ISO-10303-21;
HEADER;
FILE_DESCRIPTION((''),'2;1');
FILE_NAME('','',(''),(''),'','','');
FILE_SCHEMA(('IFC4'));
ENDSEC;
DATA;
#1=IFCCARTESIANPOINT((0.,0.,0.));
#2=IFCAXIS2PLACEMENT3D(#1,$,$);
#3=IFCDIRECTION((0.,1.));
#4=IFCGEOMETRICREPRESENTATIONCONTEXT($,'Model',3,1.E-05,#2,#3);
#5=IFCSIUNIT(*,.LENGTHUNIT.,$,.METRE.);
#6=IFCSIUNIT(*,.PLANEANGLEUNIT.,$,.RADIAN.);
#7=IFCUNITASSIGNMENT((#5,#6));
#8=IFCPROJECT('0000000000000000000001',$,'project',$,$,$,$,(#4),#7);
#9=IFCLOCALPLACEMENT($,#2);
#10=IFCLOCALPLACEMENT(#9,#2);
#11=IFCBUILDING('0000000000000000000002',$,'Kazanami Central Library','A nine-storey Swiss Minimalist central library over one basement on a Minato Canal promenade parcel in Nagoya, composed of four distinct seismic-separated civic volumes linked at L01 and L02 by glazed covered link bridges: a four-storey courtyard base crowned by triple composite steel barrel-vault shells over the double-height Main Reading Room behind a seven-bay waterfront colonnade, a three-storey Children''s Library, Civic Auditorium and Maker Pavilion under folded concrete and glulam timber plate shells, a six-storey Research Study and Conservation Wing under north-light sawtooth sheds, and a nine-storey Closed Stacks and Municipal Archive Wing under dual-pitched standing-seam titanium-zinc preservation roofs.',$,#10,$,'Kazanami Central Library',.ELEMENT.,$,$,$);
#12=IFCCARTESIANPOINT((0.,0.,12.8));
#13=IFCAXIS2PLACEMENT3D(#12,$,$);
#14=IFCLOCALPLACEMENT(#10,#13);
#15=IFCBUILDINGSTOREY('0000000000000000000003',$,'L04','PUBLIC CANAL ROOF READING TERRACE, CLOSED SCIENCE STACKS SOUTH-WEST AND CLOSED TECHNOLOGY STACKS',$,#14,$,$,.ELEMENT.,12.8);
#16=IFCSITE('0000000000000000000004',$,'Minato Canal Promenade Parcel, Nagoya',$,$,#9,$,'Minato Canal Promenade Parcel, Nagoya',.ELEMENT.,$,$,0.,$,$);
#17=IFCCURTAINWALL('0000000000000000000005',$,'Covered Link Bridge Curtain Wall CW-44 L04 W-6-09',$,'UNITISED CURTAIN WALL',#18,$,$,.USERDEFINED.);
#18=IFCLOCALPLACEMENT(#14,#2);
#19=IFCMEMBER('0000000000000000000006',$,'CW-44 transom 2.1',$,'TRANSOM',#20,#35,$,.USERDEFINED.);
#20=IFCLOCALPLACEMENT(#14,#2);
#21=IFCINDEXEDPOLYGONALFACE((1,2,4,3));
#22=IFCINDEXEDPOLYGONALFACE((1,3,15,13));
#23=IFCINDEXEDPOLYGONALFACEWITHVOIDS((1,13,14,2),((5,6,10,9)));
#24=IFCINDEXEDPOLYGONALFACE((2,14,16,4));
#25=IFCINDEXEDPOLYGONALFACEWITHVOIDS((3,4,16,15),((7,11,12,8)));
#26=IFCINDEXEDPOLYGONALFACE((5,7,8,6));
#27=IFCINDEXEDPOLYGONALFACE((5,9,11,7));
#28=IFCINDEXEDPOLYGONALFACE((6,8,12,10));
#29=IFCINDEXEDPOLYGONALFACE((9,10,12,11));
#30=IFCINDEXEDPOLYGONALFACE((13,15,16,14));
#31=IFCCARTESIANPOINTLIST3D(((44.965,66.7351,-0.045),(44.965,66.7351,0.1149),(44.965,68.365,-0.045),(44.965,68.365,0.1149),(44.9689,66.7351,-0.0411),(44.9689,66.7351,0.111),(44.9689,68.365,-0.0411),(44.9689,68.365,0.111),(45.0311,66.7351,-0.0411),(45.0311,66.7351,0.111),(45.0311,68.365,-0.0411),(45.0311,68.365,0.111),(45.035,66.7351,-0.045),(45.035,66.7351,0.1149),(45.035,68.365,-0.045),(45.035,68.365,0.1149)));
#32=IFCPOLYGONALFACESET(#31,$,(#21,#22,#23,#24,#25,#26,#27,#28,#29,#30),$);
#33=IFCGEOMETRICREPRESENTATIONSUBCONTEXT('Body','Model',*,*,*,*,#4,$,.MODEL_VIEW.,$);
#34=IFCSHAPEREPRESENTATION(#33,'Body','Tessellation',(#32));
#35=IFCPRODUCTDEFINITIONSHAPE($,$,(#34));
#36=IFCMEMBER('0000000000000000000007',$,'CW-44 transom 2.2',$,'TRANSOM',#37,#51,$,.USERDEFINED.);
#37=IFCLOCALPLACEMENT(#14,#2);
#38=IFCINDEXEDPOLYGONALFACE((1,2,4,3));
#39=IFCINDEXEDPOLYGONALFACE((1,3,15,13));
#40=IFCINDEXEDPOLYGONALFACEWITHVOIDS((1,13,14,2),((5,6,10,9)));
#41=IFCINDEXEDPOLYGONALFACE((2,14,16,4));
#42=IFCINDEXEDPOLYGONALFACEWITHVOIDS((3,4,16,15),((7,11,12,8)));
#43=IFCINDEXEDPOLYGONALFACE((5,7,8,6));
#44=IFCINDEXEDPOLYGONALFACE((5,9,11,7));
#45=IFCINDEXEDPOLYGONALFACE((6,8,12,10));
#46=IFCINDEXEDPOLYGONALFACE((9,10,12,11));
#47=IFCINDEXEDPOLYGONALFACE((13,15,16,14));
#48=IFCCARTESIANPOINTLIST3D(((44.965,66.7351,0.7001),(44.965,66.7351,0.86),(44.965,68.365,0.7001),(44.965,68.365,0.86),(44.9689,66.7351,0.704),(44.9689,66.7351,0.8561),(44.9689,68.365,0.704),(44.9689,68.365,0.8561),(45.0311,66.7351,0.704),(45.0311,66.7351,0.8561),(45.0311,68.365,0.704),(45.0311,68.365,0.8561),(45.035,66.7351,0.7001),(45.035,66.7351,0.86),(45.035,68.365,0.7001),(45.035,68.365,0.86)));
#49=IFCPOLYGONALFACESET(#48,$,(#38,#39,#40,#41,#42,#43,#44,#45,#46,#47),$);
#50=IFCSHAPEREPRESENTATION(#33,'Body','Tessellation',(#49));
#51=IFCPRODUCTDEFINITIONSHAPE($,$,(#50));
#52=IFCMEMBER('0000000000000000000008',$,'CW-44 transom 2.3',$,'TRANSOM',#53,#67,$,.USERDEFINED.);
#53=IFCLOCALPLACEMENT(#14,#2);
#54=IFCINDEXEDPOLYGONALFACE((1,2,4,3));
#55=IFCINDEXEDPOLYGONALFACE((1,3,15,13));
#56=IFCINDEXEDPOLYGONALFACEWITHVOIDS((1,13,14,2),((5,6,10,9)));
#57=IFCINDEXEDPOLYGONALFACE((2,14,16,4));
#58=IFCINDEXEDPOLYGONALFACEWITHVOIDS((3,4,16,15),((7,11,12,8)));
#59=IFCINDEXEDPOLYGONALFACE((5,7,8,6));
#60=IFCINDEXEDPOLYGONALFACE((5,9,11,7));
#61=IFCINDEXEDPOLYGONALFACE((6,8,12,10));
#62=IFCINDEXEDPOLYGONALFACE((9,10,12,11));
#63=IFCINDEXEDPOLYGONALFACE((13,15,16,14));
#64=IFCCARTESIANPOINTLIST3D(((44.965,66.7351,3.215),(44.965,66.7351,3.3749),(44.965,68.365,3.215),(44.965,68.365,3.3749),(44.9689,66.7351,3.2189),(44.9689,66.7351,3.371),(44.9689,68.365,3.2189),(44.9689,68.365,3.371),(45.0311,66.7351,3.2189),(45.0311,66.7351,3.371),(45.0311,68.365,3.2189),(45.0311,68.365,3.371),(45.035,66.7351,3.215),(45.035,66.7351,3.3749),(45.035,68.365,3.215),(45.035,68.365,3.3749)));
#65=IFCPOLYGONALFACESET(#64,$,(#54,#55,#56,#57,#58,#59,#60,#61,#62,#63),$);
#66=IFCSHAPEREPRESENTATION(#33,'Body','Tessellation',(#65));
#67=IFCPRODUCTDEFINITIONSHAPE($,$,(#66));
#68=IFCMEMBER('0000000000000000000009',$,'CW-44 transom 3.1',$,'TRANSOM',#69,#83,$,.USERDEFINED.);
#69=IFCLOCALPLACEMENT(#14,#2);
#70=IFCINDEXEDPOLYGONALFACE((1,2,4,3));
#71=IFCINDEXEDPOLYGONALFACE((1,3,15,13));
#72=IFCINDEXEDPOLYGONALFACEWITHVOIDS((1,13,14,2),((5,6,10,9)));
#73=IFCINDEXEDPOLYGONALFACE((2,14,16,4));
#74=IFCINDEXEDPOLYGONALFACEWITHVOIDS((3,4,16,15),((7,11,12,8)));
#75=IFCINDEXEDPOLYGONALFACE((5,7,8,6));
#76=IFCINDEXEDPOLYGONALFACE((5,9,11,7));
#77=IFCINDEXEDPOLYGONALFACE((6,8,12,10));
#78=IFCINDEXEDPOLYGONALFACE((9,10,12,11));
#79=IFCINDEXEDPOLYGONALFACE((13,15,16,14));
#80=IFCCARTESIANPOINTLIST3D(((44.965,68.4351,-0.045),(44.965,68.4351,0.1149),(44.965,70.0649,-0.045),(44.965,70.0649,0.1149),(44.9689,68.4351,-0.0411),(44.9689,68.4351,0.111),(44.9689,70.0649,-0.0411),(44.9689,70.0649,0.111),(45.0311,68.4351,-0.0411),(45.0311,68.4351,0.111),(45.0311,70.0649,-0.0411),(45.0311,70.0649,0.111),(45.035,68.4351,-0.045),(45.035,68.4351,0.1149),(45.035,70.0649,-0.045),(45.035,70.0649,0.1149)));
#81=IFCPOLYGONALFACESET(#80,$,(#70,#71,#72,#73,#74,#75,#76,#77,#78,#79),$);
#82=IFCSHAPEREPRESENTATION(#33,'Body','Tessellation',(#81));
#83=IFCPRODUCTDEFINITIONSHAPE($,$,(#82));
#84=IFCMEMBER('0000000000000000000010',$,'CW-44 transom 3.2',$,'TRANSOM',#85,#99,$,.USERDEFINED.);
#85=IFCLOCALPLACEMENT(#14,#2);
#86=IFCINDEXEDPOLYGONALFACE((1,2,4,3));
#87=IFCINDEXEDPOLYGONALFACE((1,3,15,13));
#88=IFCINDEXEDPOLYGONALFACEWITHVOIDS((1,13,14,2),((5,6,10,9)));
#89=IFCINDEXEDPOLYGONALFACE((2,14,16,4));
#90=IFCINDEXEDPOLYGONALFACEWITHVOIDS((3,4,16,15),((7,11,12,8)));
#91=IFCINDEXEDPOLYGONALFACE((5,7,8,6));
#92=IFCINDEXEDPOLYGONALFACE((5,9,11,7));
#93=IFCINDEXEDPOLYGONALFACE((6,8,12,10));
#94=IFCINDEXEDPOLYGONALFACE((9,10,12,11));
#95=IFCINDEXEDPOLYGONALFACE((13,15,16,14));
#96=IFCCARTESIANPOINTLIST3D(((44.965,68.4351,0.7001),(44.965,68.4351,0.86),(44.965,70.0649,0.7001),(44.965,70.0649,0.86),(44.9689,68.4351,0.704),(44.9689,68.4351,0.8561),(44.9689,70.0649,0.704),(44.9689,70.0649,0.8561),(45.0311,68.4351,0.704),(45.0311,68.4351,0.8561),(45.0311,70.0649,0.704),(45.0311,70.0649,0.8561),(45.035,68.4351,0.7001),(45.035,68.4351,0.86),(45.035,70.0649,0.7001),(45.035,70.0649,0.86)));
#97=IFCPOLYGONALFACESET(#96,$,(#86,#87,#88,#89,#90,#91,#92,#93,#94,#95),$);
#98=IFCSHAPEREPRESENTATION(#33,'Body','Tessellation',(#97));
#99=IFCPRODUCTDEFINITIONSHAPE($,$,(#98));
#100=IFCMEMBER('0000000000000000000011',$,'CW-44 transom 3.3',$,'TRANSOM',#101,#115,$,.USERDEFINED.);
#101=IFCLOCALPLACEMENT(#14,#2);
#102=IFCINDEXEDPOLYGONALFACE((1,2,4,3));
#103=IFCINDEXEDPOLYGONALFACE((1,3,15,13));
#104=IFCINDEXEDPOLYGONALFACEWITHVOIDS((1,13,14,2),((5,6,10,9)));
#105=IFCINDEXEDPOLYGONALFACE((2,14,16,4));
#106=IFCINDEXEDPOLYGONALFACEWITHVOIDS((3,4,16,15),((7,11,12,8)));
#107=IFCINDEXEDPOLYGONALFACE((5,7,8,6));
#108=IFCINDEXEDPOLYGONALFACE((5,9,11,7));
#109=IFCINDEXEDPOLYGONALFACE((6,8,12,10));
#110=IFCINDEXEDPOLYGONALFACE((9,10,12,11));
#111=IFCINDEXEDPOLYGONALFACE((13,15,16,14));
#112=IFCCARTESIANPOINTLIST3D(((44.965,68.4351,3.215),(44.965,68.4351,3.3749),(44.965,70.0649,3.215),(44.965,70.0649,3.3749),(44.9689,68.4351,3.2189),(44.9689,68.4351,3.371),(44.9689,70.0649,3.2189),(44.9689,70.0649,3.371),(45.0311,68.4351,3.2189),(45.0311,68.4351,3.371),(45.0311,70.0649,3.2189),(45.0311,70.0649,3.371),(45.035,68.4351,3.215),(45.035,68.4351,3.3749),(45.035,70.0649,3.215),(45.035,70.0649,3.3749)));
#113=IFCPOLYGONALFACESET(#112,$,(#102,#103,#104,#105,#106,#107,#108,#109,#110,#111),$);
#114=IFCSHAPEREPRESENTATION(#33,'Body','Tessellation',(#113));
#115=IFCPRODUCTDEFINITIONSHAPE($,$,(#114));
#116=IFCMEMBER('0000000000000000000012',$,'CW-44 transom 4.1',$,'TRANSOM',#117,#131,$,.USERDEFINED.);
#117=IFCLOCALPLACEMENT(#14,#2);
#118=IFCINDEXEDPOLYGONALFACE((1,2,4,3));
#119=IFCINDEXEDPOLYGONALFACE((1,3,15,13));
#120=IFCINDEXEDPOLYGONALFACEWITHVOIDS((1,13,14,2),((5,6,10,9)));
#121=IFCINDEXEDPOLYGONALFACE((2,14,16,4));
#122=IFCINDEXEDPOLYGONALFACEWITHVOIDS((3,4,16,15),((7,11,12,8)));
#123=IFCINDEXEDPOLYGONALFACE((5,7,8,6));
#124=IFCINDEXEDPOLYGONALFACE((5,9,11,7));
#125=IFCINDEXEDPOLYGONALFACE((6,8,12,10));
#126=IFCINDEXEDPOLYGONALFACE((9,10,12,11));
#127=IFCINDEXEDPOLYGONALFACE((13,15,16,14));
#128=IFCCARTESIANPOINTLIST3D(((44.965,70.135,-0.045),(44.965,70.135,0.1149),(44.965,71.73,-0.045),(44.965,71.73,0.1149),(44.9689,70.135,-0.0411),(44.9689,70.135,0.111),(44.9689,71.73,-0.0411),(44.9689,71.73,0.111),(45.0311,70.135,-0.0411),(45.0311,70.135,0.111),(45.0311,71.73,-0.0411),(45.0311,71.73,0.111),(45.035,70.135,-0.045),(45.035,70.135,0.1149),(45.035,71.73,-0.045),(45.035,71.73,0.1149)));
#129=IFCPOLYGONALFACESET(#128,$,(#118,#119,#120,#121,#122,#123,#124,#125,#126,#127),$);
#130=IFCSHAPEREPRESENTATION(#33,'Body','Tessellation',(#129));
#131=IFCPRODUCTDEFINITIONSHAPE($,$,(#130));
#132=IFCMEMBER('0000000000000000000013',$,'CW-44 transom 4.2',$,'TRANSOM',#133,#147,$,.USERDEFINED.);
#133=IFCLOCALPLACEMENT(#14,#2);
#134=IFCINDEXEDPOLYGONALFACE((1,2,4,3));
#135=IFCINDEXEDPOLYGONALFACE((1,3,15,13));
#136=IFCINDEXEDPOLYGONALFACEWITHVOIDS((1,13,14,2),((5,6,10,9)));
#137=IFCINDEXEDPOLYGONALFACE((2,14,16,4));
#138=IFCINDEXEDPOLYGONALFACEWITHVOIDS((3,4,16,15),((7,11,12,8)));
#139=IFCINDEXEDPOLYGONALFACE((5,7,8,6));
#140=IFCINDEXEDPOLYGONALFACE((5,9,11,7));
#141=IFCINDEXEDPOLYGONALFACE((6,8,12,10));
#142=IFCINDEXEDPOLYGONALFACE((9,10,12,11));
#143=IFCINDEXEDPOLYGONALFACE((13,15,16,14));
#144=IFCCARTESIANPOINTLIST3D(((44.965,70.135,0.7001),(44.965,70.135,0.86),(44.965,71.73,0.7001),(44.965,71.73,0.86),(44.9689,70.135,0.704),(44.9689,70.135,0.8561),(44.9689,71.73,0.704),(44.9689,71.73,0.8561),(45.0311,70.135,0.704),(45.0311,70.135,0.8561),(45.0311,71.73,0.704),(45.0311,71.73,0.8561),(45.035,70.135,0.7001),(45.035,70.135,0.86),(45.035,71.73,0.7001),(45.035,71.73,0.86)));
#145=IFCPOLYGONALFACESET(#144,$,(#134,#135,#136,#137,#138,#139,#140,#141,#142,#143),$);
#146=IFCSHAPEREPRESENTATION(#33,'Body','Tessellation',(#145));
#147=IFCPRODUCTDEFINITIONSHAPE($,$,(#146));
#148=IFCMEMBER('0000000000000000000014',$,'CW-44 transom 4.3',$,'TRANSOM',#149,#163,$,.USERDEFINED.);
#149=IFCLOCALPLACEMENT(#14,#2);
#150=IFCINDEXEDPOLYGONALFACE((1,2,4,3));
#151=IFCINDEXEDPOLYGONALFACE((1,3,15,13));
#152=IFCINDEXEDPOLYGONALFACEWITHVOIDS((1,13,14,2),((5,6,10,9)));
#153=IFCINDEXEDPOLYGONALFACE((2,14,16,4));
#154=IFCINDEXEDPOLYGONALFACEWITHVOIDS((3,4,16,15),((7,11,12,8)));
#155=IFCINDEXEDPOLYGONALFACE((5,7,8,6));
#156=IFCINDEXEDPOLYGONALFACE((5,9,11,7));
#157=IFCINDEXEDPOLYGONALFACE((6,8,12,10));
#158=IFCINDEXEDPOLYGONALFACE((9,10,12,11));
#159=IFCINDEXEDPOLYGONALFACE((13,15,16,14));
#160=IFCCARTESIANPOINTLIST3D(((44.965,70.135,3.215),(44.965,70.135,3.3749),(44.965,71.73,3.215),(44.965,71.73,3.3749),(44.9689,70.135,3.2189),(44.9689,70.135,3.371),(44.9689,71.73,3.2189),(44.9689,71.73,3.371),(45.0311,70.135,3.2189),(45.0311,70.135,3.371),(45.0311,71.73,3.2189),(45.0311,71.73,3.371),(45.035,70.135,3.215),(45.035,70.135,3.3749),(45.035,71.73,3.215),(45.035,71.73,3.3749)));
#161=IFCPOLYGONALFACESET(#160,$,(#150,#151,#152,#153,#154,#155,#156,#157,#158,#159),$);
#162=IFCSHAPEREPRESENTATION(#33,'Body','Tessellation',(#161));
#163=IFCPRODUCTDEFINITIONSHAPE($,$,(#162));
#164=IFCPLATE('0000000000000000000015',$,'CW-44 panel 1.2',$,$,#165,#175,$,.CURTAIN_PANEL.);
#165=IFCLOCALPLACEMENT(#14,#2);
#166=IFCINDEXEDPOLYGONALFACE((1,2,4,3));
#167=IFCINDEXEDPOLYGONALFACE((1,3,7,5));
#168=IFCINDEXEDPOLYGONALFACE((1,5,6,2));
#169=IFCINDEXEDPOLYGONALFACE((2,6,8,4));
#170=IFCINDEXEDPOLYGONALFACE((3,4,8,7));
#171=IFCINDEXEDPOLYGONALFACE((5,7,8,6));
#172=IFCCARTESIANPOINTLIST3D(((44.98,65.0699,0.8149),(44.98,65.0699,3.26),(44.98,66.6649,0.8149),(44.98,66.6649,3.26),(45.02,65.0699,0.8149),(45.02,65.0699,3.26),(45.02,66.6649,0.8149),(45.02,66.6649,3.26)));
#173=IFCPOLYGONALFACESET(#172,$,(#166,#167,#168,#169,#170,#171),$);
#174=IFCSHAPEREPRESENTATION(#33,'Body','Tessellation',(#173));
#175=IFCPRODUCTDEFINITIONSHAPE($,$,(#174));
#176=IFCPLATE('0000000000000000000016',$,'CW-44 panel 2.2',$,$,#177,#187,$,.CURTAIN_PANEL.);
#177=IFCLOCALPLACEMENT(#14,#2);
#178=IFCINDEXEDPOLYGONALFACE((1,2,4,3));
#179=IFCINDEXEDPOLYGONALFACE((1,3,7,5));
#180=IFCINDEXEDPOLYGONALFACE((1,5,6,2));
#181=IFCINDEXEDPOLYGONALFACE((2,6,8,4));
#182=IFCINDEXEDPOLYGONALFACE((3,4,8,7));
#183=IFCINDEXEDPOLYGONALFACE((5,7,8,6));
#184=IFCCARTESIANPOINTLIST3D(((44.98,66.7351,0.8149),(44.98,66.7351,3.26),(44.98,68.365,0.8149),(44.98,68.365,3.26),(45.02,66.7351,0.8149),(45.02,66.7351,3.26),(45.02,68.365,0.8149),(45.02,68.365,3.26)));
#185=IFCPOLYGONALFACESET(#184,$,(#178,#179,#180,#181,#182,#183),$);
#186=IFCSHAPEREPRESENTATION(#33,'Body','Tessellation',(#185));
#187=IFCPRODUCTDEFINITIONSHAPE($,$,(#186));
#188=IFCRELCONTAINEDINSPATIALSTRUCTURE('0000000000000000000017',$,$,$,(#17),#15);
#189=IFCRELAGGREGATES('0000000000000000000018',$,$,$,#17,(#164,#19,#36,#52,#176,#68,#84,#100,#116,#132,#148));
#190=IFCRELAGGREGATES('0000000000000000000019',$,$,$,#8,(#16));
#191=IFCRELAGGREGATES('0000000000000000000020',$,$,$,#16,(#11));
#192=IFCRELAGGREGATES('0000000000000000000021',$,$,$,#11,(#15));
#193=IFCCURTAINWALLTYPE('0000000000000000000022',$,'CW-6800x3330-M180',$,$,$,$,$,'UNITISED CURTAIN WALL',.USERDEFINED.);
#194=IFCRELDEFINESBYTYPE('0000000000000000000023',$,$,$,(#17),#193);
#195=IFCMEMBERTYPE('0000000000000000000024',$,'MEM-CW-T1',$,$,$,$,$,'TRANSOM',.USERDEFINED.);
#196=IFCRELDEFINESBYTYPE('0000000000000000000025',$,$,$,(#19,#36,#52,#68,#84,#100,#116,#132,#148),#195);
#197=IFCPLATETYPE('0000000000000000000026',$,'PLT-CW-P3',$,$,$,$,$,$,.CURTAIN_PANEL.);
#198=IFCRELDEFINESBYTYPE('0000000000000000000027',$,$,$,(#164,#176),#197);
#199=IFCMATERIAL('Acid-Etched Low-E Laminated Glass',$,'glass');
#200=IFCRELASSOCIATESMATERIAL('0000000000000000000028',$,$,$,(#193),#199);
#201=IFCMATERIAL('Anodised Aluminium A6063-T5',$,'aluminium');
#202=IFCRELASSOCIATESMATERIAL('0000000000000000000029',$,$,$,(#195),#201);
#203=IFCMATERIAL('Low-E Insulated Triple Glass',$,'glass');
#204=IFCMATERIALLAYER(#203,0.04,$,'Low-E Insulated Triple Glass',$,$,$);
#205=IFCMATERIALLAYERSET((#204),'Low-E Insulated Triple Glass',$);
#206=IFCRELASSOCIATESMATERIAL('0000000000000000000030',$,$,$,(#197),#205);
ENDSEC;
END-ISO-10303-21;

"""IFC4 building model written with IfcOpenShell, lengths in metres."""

from ifc_helpers import new_model, si_unit, direction, frame, origin, origin_2d, place, context, subcontext, project, spatial, rectangle, hollow_rectangle, extrude, material, layer, layer_set, material_profile, profile_set, type_object, element, aggregate, save


model = new_model("IFC4")

# Units and contexts
model_context = context("Model", 3, precision=1e-05, world=origin(), true_north=direction((0.0, 1.0)))
body_context = subcontext(model_context, "Body", "Model", "MODEL_VIEW")
ifc_project = project(units=[si_unit("LENGTHUNIT", "METRE"), si_unit("PLANEANGLEUNIT", "RADIAN")], contexts=[model_context])

# Site, building, storey
site_placement = place(None, origin())
site = spatial("IfcSite", under=ifc_project, at=site_placement, Name="Minato Canal Promenade Parcel, Nagoya", LongName="Minato Canal Promenade Parcel, Nagoya", CompositionType="ELEMENT", RefElevation=0.0)
building_placement = place(site_placement, origin())
building = spatial("IfcBuilding", under=site, at=building_placement, Name="Kazanami Central Library", Description="A nine-storey Swiss Minimalist central library over one basement on a Minato Canal promenade parcel in Nagoya, composed of four distinct seismic-separated civic volumes linked at L01 and L02 by glazed covered link bridges: a four-storey courtyard base crowned by triple composite steel barrel-vault shells over the double-height Main Reading Room behind a seven-bay waterfront colonnade, a three-storey Children's Library, Civic Auditorium and Maker Pavilion under folded concrete and glulam timber plate shells, a six-storey Research Study and Conservation Wing under north-light sawtooth sheds, and a nine-storey Closed Stacks and Municipal Archive Wing under dual-pitched standing-seam titanium-zinc preservation roofs.", LongName="Kazanami Central Library", CompositionType="ELEMENT")
storey_placement = place(building_placement, frame((0.0, 0.0, 12.8)))
storey = spatial("IfcBuildingStorey", under=building, at=storey_placement, Name="L04", Description="PUBLIC CANAL ROOF READING TERRACE, CLOSED SCIENCE STACKS SOUTH-WEST AND CLOSED TECHNOLOGY STACKS", CompositionType="ELEMENT", Elevation=12.8)

# Curtain wall, members, plates
ifc_material_1 = material(Name="Acid-Etched Low-E Laminated Glass", Category="glass")
curtain_wall_type = type_object("IfcCurtainWallType", Name="CW-6800x3330-M180", ElementType="UNITISED CURTAIN WALL", PredefinedType="USERDEFINED", material=ifc_material_1)
curtain_wall_placement = place(storey_placement, origin())
curtain_wall = element("IfcCurtainWall", 1, at=curtain_wall_placement, inside=storey, type_object=curtain_wall_type, Name="Covered Link Bridge Curtain Wall CW-44 L04 W-6-09", ObjectType="UNITISED CURTAIN WALL", PredefinedType="USERDEFINED")
ifc_material_2 = material(Name="Anodised Aluminium A6063-T5", Category="aluminium")
ifc_material_profile_1 = material_profile(ifc_material_2, hollow_rectangle(XDim=0.0701, YDim=0.1599, WallThickness=0.0039, at=origin_2d()), Name="ALU-TRAN-70x160x4")
ifc_profile_set_1 = profile_set([ifc_material_profile_1], Name="Anodised Aluminium A6063-T5")
member_type_1 = type_object("IfcMemberType", Name="MEM-CW-T1", ElementType="TRANSOM", PredefinedType="USERDEFINED", material=ifc_profile_set_1)
member_1_placement = place(storey_placement, frame((45.0, 66.7351, 0.0349), z_axis=(0.0, 1.0, 0.0), x_axis=(-1.0, 0.0, 0.0)))
member_1 = element("IfcMember", 2, at=member_1_placement, type_object=member_type_1, Name="CW-44 transom 2.1", ObjectType="TRANSOM", PredefinedType="USERDEFINED", context=body_context, shape_type="SweptSolid", body=[
    extrude(hollow_rectangle(XDim=0.0701, YDim=0.1599, WallThickness=0.0039, at=origin_2d()), origin(), (0.0, 0.0, 1.0), 1.6299),
])
member_2_placement = place(storey_placement, frame((45.0, 66.7351, 0.78), z_axis=(0.0, 1.0, 0.0), x_axis=(-1.0, 0.0, 0.0)))
member_2 = element("IfcMember", 3, at=member_2_placement, type_object=member_type_1, Name="CW-44 transom 2.2", ObjectType="TRANSOM", PredefinedType="USERDEFINED", context=body_context, shape_type="SweptSolid", body=[
    extrude(hollow_rectangle(XDim=0.0701, YDim=0.1599, WallThickness=0.0039, at=origin_2d()), origin(), (0.0, 0.0, 1.0), 1.6299),
])
member_3_placement = place(storey_placement, frame((45.0, 66.7351, 3.2949), z_axis=(0.0, 1.0, 0.0), x_axis=(-1.0, 0.0, 0.0)))
member_3 = element("IfcMember", 4, at=member_3_placement, type_object=member_type_1, Name="CW-44 transom 2.3", ObjectType="TRANSOM", PredefinedType="USERDEFINED", context=body_context, shape_type="SweptSolid", body=[
    extrude(hollow_rectangle(XDim=0.0701, YDim=0.1599, WallThickness=0.0039, at=origin_2d()), origin(), (0.0, 0.0, 1.0), 1.6299),
])
member_4_placement = place(storey_placement, frame((45.0, 68.4351, 0.0349), z_axis=(0.0, 1.0, 0.0), x_axis=(-1.0, 0.0, 0.0)))
member_4 = element("IfcMember", 5, at=member_4_placement, type_object=member_type_1, Name="CW-44 transom 3.1", ObjectType="TRANSOM", PredefinedType="USERDEFINED", context=body_context, shape_type="SweptSolid", body=[
    extrude(hollow_rectangle(XDim=0.0701, YDim=0.1599, WallThickness=0.0039, at=origin_2d()), origin(), (0.0, 0.0, 1.0), 1.6299),
])
member_5_placement = place(storey_placement, frame((45.0, 68.4351, 0.78), z_axis=(0.0, 1.0, 0.0), x_axis=(-1.0, 0.0, 0.0)))
member_5 = element("IfcMember", 6, at=member_5_placement, type_object=member_type_1, Name="CW-44 transom 3.2", ObjectType="TRANSOM", PredefinedType="USERDEFINED", context=body_context, shape_type="SweptSolid", body=[
    extrude(hollow_rectangle(XDim=0.0701, YDim=0.1599, WallThickness=0.0039, at=origin_2d()), origin(), (0.0, 0.0, 1.0), 1.6299),
])
member_6_placement = place(storey_placement, frame((45.0, 68.4351, 3.2949), z_axis=(0.0, 1.0, 0.0), x_axis=(-1.0, 0.0, 0.0)))
member_6 = element("IfcMember", 7, at=member_6_placement, type_object=member_type_1, Name="CW-44 transom 3.3", ObjectType="TRANSOM", PredefinedType="USERDEFINED", context=body_context, shape_type="SweptSolid", body=[
    extrude(hollow_rectangle(XDim=0.0701, YDim=0.1599, WallThickness=0.0039, at=origin_2d()), origin(), (0.0, 0.0, 1.0), 1.6299),
])
member_7_placement = place(storey_placement, frame((45.0, 70.135, 0.0349), z_axis=(0.0, 1.0, 0.0), x_axis=(-1.0, 0.0, 0.0)))
member_7 = element("IfcMember", 8, at=member_7_placement, type_object=member_type_1, Name="CW-44 transom 4.1", ObjectType="TRANSOM", PredefinedType="USERDEFINED", context=body_context, shape_type="SweptSolid", body=[
    extrude(hollow_rectangle(XDim=0.0701, YDim=0.1599, WallThickness=0.0039, at=origin_2d()), origin(), (0.0, 0.0, 1.0), 1.595),
])
member_8_placement = place(storey_placement, frame((45.0, 70.135, 0.78), z_axis=(0.0, 1.0, 0.0), x_axis=(-1.0, 0.0, 0.0)))
member_8 = element("IfcMember", 9, at=member_8_placement, type_object=member_type_1, Name="CW-44 transom 4.2", ObjectType="TRANSOM", PredefinedType="USERDEFINED", context=body_context, shape_type="SweptSolid", body=[
    extrude(hollow_rectangle(XDim=0.0701, YDim=0.1599, WallThickness=0.0039, at=origin_2d()), origin(), (0.0, 0.0, 1.0), 1.595),
])
member_9_placement = place(storey_placement, frame((45.0, 70.135, 3.2949), z_axis=(0.0, 1.0, 0.0), x_axis=(-1.0, 0.0, 0.0)))
member_9 = element("IfcMember", 10, at=member_9_placement, type_object=member_type_1, Name="CW-44 transom 4.3", ObjectType="TRANSOM", PredefinedType="USERDEFINED", context=body_context, shape_type="SweptSolid", body=[
    extrude(hollow_rectangle(XDim=0.0701, YDim=0.1599, WallThickness=0.0039, at=origin_2d()), origin(), (0.0, 0.0, 1.0), 1.595),
])
ifc_material_3 = material(Name="Low-E Insulated Triple Glass", Category="glass")
ifc_layer_1 = layer(ifc_material_3, 0.04, Name="Low-E Insulated Triple Glass")
ifc_layer_set_1 = layer_set([ifc_layer_1], Name="Low-E Insulated Triple Glass")
plate_type_1 = type_object("IfcPlateType", Name="PLT-CW-P3", PredefinedType="CURTAIN_PANEL", material=ifc_layer_set_1)
plate_1_placement = place(storey_placement, frame((45.0, 65.8674, 0.8149), z_axis=(0.0, 0.0, 1.0), x_axis=(0.0, 1.0, 0.0)))
plate_1 = element("IfcPlate", 11, at=plate_1_placement, type_object=plate_type_1, Name="CW-44 panel 1.2", PredefinedType="CURTAIN_PANEL", context=body_context, shape_type="SweptSolid", body=[
    extrude(rectangle(XDim=1.595, YDim=0.04, at=origin_2d()), origin(), (0.0, 0.0, 1.0), 2.4451),
])
plate_2_placement = place(storey_placement, frame((45.0, 67.55, 0.8149), z_axis=(0.0, 0.0, 1.0), x_axis=(0.0, 1.0, 0.0)))
plate_2 = element("IfcPlate", 12, at=plate_2_placement, type_object=plate_type_1, Name="CW-44 panel 2.2", PredefinedType="CURTAIN_PANEL", context=body_context, shape_type="SweptSolid", body=[
    extrude(rectangle(XDim=1.6299, YDim=0.04, at=origin_2d()), origin(), (0.0, 0.0, 1.0), 2.4451),
])
aggregate(curtain_wall, [plate_1, member_1, member_2, member_3, plate_2, member_4, member_5, member_6, member_7, member_8, member_9])

save(model, "model.ifc")
